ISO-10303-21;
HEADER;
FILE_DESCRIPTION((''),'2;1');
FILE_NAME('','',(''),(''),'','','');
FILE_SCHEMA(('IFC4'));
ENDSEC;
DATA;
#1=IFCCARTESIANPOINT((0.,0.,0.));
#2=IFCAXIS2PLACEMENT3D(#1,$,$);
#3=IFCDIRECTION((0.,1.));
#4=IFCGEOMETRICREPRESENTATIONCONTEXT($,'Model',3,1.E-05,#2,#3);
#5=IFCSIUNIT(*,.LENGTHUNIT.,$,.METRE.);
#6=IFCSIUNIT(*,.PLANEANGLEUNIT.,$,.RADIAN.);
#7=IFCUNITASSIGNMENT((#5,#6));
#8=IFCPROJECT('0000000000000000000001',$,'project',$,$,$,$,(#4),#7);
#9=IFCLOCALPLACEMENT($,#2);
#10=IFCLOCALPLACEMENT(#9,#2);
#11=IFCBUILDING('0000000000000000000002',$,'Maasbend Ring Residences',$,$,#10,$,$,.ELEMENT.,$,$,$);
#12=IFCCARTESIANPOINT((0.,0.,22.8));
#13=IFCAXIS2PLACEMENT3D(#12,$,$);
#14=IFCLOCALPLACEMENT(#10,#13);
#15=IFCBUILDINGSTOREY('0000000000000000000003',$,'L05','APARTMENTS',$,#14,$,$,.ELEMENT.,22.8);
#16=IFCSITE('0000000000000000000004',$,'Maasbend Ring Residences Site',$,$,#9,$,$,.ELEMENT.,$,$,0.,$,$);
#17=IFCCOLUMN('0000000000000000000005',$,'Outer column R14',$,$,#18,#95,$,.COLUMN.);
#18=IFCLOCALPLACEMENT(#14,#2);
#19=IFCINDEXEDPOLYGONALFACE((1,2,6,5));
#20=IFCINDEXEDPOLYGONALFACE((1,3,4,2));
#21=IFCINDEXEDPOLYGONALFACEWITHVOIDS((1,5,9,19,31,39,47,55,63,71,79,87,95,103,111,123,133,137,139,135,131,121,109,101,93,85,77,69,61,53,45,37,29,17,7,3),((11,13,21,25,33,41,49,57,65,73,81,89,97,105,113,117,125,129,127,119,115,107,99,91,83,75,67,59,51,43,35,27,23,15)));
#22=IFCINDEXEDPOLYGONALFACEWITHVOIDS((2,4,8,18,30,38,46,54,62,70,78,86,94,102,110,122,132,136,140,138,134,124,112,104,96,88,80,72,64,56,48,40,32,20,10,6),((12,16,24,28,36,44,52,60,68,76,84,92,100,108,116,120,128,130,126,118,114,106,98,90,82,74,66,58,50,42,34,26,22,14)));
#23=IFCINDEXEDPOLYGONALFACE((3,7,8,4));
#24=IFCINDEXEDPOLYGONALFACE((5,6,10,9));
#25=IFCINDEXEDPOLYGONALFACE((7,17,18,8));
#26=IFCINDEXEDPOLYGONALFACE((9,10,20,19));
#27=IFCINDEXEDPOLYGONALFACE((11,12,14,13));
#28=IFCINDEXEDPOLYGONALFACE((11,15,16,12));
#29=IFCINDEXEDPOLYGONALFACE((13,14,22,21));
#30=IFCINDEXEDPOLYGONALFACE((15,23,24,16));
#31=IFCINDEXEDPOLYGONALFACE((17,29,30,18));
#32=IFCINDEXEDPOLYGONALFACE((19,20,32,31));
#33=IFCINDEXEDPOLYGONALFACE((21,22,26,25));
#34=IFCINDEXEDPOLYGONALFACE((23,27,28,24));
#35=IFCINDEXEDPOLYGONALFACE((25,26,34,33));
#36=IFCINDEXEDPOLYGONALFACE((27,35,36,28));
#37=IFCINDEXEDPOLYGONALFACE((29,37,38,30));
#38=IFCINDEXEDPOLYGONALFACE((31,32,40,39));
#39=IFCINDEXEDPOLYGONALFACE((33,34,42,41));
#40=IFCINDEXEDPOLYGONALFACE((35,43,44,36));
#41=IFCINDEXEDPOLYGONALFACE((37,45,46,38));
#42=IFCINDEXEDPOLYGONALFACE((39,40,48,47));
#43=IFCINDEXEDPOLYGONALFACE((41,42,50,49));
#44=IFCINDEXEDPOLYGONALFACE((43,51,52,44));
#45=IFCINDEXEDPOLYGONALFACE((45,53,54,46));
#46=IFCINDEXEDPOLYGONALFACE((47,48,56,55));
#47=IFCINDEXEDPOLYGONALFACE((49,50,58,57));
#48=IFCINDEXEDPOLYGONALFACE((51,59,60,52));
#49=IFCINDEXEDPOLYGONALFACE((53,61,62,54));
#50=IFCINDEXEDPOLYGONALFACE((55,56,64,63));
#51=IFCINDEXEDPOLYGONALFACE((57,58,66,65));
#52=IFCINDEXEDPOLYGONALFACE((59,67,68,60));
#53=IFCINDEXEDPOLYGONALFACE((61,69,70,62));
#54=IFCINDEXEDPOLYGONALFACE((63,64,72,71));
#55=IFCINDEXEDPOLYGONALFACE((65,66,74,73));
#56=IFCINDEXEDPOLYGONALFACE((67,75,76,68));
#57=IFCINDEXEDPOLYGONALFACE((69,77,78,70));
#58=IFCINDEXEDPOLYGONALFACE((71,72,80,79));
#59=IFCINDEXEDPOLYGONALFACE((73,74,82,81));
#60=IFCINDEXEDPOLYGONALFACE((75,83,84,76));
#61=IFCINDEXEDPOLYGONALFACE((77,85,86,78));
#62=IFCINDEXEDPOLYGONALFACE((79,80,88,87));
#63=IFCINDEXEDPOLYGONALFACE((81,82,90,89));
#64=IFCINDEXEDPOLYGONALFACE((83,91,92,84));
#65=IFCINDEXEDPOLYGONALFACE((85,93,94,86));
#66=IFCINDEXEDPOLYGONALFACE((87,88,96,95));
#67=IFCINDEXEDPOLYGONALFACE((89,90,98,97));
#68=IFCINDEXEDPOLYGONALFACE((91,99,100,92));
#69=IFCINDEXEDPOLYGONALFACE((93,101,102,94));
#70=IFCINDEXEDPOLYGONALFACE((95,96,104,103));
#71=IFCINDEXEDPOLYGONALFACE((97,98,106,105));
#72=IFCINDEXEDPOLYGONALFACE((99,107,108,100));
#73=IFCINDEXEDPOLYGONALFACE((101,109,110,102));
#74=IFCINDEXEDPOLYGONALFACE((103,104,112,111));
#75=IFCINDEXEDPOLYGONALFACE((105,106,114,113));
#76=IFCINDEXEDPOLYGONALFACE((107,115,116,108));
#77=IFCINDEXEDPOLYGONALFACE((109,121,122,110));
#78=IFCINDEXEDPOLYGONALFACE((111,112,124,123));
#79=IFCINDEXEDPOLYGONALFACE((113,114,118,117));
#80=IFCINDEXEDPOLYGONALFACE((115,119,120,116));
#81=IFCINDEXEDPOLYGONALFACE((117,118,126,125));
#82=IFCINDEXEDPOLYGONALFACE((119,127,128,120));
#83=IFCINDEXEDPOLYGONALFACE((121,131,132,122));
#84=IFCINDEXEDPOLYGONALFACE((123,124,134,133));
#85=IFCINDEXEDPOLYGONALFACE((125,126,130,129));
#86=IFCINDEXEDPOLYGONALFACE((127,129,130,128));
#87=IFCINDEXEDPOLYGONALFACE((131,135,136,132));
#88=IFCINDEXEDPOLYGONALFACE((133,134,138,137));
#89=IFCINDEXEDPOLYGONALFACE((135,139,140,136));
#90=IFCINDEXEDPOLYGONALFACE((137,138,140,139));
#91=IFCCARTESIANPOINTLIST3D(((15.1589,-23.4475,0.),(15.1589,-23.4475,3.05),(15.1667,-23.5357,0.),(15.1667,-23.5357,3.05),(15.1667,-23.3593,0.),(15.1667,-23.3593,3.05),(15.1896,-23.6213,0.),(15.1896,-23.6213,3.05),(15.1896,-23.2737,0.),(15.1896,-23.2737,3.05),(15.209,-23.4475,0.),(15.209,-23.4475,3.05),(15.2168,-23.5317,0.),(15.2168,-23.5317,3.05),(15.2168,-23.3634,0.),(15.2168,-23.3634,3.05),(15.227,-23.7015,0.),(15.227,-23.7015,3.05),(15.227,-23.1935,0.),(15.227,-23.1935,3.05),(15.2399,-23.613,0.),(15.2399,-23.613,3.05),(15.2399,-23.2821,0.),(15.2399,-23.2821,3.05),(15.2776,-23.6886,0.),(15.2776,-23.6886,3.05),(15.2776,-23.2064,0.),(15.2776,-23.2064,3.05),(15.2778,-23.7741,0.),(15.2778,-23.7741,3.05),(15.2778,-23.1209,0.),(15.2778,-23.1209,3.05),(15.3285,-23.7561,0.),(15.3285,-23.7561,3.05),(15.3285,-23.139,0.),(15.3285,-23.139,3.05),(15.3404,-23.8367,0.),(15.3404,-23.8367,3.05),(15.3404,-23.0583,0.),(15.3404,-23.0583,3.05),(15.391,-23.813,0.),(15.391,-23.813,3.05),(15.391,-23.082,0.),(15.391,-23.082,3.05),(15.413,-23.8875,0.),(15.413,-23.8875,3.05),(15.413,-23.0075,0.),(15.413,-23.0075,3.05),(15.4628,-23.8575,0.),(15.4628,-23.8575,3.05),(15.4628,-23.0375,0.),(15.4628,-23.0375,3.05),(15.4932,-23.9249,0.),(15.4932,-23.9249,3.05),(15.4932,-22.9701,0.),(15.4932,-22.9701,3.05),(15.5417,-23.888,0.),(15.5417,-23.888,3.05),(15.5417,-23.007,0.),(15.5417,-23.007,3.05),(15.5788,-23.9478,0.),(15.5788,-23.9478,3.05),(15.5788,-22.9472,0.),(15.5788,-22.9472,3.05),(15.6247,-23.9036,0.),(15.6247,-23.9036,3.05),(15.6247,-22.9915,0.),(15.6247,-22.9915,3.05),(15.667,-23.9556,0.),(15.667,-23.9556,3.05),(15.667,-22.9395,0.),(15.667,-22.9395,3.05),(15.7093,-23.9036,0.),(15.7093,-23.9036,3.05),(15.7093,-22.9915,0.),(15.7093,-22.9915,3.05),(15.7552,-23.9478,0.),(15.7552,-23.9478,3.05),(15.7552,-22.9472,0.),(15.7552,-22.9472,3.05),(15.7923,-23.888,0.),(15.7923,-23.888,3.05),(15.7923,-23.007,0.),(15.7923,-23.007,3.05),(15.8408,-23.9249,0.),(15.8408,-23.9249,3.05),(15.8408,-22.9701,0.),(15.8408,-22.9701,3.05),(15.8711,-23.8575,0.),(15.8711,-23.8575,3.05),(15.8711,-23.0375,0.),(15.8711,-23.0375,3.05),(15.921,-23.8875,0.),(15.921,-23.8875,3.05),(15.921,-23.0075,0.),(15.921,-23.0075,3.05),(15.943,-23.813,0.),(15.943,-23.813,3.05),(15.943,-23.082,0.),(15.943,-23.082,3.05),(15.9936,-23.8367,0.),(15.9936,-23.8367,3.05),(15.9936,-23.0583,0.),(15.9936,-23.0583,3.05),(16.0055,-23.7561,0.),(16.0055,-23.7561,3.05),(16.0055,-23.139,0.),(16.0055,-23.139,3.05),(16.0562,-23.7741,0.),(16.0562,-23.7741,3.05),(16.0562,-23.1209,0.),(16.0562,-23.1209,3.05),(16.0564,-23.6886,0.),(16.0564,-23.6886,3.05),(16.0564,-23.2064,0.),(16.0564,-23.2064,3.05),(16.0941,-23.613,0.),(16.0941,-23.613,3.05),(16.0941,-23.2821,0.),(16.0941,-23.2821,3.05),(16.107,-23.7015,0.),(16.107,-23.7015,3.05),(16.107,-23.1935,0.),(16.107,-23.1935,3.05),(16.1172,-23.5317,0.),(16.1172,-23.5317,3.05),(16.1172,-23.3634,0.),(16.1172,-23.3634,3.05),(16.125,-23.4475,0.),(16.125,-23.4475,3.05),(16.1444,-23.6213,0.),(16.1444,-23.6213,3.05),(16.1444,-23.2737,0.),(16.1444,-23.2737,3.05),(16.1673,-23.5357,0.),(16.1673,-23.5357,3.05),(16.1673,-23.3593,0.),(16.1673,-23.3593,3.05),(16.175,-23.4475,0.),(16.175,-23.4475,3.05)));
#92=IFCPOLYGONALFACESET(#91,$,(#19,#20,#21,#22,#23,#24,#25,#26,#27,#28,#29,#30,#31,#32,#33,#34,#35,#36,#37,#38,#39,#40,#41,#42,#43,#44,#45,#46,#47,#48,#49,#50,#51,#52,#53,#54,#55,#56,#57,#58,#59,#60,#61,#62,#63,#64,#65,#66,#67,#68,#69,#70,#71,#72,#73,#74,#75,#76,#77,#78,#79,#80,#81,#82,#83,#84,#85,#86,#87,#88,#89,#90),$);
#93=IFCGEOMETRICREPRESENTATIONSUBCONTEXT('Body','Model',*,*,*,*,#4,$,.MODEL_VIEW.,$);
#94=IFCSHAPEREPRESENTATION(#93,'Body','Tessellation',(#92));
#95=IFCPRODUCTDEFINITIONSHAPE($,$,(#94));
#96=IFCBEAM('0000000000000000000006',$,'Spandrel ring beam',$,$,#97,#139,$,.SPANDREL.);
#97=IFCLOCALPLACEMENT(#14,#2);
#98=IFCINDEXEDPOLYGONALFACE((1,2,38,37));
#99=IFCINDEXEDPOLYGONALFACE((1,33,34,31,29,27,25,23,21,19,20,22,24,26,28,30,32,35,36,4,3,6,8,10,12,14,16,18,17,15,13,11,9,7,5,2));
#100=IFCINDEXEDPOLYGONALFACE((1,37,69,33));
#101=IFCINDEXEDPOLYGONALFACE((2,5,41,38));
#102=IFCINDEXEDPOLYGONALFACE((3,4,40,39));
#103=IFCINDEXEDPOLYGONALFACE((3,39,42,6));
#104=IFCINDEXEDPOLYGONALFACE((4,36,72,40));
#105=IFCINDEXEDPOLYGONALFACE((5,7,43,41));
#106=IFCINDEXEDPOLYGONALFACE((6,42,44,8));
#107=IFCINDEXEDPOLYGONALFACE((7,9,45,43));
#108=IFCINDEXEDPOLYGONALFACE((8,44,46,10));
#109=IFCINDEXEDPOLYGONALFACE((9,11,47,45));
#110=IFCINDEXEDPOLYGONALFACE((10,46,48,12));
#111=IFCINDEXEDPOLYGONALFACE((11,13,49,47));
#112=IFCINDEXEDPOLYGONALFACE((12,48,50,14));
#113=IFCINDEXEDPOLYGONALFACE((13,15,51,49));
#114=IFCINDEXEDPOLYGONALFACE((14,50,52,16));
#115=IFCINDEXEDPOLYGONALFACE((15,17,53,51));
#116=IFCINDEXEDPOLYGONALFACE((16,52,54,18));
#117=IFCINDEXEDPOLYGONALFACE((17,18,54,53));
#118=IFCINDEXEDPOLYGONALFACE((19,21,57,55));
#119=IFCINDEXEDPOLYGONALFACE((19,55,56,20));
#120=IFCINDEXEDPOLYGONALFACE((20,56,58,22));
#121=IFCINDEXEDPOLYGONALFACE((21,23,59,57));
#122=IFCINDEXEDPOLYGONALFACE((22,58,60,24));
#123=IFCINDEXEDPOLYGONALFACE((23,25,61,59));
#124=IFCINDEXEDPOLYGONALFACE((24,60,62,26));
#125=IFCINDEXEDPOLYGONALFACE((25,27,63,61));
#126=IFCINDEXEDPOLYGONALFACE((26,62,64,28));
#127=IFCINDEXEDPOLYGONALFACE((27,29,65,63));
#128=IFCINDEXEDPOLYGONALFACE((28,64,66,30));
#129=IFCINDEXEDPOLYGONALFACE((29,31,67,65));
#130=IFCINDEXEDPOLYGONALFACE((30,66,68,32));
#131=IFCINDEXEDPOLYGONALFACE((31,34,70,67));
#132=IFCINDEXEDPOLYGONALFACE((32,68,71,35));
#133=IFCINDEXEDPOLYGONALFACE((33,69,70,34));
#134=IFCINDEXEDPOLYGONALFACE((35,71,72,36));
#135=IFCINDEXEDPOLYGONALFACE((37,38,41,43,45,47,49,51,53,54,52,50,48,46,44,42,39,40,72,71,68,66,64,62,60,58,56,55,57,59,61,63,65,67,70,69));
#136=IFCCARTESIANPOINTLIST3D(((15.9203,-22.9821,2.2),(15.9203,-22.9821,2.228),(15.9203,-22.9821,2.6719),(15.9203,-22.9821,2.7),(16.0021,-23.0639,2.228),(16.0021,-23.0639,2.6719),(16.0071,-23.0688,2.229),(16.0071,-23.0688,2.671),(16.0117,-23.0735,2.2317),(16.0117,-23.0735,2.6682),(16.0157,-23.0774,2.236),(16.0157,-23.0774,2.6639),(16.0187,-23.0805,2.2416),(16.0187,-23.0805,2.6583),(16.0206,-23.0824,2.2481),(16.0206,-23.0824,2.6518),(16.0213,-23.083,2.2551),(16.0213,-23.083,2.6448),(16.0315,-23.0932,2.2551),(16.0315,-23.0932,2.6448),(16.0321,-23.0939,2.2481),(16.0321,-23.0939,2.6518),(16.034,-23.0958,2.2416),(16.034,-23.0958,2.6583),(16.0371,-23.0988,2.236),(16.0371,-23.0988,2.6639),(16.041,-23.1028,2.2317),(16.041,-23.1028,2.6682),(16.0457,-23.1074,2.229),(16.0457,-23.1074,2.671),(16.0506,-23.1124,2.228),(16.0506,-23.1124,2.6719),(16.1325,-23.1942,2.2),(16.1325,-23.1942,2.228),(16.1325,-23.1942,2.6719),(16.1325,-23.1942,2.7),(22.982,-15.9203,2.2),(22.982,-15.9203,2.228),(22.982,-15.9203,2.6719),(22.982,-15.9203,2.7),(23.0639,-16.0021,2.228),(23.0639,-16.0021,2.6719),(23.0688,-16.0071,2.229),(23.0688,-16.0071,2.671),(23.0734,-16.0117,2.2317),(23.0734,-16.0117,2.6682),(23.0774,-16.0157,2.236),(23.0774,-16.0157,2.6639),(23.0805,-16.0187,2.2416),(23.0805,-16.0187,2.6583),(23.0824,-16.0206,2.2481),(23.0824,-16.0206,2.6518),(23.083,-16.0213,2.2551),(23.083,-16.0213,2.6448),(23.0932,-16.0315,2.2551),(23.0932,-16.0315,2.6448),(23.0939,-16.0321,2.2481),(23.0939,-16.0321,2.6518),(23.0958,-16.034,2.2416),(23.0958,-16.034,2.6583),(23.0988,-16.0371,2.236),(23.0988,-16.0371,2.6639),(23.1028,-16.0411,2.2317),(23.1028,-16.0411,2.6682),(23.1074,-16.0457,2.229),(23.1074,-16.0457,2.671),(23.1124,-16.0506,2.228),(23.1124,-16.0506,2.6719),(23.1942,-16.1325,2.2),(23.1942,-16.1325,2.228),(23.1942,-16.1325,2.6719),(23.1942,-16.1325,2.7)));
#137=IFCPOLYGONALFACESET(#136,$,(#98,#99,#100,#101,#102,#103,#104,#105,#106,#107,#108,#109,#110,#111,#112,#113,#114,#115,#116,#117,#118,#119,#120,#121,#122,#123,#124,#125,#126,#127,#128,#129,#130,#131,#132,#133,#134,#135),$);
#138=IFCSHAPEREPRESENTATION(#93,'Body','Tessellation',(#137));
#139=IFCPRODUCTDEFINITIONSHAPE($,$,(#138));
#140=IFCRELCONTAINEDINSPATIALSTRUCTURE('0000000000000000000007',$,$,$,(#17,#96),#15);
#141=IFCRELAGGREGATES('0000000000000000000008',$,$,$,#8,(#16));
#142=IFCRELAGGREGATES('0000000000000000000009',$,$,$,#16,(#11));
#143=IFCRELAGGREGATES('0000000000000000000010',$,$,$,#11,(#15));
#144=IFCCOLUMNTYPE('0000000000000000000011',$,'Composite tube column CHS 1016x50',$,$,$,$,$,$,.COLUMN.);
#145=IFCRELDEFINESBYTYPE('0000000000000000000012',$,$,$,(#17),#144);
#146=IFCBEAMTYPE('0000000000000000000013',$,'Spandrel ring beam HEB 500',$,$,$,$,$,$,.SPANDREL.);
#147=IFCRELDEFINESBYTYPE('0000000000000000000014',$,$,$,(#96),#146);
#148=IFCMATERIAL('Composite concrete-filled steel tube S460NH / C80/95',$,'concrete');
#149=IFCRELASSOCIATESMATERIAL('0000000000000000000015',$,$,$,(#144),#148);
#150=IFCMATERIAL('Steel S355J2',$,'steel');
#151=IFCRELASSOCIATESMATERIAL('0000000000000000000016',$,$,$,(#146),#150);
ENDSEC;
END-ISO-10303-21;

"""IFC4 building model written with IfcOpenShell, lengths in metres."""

from ifc_helpers import new_model, si_unit, direction, frame, origin, origin_2d, place, context, subcontext, project, spatial, hollow_circle, i_section, extrude, material, material_profile, profile_set, type_object, element, save


model = new_model("IFC4")

# Units and contexts
model_context = context("Model", 3, precision=1e-05, world=origin(), true_north=direction((0.0, 1.0)))
body_context = subcontext(model_context, "Body", "Model", "MODEL_VIEW")
ifc_project = project(units=[si_unit("LENGTHUNIT", "METRE"), si_unit("PLANEANGLEUNIT", "RADIAN")], contexts=[model_context])

# Site, building, storey
site_placement = place(None, origin())
site = spatial("IfcSite", under=ifc_project, at=site_placement, Name="Maasbend Ring Residences Site", CompositionType="ELEMENT", RefElevation=0.0)
building_placement = place(site_placement, origin())
building = spatial("IfcBuilding", under=site, at=building_placement, Name="Maasbend Ring Residences", CompositionType="ELEMENT")
storey_placement = place(building_placement, frame((0.0, 0.0, 22.8)))
storey = spatial("IfcBuildingStorey", under=building, at=storey_placement, Name="L05", Description="APARTMENTS", CompositionType="ELEMENT", Elevation=22.8)

# Column
ifc_material_1 = material(Name="Composite concrete-filled steel tube S460NH / C80/95", Category="concrete")
ifc_material_profile_1 = material_profile(ifc_material_1, hollow_circle(Radius=0.5081, WallThickness=0.05, at=origin_2d()), Name="Composite tube column CHS 1016x50")
ifc_profile_set_1 = profile_set([ifc_material_profile_1], Name="Composite concrete-filled steel tube S460NH / C80/95")
column_type = type_object("IfcColumnType", Name="Composite tube column CHS 1016x50", PredefinedType="COLUMN", material=ifc_profile_set_1)
column_placement = place(storey_placement, frame((15.667, -23.4475, 0.0), z_axis=(0.0, 0.0, 1.0), x_axis=(1.0, 0.0, 0.0)))
element("IfcColumn", 1, at=column_placement, inside=storey, type_object=column_type, Name="Outer column R14", PredefinedType="COLUMN", context=body_context, shape_type="SweptSolid", body=[
    extrude(hollow_circle(Radius=0.5081, WallThickness=0.05, at=origin_2d()), origin(), (0.0, 0.0, 1.0), 3.05),
])

# Beam
ifc_material_2 = material(Name="Steel S355J2", Category="steel")
ifc_material_profile_2 = material_profile(ifc_material_2, i_section(OverallWidth=0.3, OverallDepth=0.5, WebThickness=0.0144, FlangeThickness=0.0281, FilletRadius=0.0271, at=origin_2d()), Name="HEB 500")
ifc_profile_set_2 = profile_set([ifc_material_profile_2], Name="Steel S355J2")
beam_type = type_object("IfcBeamType", Name="Spandrel ring beam HEB 500", PredefinedType="SPANDREL", material=ifc_profile_set_2)
beam_placement = place(storey_placement, frame((16.0264, -23.0881, 2.45), z_axis=(0.707107, 0.707107, 0.0), x_axis=(-0.707107, 0.707107, 0.0)))
element("IfcBeam", 2, at=beam_placement, inside=storey, type_object=beam_type, Name="Spandrel ring beam", PredefinedType="SPANDREL", context=body_context, shape_type="SweptSolid", body=[
    extrude(i_section(OverallWidth=0.3, OverallDepth=0.5, WebThickness=0.0144, FlangeThickness=0.0281, FilletRadius=0.0271, at=origin_2d()), origin(), (0.0, 0.0, 1.0), 9.9868),
])

save(model, "model.ifc")
